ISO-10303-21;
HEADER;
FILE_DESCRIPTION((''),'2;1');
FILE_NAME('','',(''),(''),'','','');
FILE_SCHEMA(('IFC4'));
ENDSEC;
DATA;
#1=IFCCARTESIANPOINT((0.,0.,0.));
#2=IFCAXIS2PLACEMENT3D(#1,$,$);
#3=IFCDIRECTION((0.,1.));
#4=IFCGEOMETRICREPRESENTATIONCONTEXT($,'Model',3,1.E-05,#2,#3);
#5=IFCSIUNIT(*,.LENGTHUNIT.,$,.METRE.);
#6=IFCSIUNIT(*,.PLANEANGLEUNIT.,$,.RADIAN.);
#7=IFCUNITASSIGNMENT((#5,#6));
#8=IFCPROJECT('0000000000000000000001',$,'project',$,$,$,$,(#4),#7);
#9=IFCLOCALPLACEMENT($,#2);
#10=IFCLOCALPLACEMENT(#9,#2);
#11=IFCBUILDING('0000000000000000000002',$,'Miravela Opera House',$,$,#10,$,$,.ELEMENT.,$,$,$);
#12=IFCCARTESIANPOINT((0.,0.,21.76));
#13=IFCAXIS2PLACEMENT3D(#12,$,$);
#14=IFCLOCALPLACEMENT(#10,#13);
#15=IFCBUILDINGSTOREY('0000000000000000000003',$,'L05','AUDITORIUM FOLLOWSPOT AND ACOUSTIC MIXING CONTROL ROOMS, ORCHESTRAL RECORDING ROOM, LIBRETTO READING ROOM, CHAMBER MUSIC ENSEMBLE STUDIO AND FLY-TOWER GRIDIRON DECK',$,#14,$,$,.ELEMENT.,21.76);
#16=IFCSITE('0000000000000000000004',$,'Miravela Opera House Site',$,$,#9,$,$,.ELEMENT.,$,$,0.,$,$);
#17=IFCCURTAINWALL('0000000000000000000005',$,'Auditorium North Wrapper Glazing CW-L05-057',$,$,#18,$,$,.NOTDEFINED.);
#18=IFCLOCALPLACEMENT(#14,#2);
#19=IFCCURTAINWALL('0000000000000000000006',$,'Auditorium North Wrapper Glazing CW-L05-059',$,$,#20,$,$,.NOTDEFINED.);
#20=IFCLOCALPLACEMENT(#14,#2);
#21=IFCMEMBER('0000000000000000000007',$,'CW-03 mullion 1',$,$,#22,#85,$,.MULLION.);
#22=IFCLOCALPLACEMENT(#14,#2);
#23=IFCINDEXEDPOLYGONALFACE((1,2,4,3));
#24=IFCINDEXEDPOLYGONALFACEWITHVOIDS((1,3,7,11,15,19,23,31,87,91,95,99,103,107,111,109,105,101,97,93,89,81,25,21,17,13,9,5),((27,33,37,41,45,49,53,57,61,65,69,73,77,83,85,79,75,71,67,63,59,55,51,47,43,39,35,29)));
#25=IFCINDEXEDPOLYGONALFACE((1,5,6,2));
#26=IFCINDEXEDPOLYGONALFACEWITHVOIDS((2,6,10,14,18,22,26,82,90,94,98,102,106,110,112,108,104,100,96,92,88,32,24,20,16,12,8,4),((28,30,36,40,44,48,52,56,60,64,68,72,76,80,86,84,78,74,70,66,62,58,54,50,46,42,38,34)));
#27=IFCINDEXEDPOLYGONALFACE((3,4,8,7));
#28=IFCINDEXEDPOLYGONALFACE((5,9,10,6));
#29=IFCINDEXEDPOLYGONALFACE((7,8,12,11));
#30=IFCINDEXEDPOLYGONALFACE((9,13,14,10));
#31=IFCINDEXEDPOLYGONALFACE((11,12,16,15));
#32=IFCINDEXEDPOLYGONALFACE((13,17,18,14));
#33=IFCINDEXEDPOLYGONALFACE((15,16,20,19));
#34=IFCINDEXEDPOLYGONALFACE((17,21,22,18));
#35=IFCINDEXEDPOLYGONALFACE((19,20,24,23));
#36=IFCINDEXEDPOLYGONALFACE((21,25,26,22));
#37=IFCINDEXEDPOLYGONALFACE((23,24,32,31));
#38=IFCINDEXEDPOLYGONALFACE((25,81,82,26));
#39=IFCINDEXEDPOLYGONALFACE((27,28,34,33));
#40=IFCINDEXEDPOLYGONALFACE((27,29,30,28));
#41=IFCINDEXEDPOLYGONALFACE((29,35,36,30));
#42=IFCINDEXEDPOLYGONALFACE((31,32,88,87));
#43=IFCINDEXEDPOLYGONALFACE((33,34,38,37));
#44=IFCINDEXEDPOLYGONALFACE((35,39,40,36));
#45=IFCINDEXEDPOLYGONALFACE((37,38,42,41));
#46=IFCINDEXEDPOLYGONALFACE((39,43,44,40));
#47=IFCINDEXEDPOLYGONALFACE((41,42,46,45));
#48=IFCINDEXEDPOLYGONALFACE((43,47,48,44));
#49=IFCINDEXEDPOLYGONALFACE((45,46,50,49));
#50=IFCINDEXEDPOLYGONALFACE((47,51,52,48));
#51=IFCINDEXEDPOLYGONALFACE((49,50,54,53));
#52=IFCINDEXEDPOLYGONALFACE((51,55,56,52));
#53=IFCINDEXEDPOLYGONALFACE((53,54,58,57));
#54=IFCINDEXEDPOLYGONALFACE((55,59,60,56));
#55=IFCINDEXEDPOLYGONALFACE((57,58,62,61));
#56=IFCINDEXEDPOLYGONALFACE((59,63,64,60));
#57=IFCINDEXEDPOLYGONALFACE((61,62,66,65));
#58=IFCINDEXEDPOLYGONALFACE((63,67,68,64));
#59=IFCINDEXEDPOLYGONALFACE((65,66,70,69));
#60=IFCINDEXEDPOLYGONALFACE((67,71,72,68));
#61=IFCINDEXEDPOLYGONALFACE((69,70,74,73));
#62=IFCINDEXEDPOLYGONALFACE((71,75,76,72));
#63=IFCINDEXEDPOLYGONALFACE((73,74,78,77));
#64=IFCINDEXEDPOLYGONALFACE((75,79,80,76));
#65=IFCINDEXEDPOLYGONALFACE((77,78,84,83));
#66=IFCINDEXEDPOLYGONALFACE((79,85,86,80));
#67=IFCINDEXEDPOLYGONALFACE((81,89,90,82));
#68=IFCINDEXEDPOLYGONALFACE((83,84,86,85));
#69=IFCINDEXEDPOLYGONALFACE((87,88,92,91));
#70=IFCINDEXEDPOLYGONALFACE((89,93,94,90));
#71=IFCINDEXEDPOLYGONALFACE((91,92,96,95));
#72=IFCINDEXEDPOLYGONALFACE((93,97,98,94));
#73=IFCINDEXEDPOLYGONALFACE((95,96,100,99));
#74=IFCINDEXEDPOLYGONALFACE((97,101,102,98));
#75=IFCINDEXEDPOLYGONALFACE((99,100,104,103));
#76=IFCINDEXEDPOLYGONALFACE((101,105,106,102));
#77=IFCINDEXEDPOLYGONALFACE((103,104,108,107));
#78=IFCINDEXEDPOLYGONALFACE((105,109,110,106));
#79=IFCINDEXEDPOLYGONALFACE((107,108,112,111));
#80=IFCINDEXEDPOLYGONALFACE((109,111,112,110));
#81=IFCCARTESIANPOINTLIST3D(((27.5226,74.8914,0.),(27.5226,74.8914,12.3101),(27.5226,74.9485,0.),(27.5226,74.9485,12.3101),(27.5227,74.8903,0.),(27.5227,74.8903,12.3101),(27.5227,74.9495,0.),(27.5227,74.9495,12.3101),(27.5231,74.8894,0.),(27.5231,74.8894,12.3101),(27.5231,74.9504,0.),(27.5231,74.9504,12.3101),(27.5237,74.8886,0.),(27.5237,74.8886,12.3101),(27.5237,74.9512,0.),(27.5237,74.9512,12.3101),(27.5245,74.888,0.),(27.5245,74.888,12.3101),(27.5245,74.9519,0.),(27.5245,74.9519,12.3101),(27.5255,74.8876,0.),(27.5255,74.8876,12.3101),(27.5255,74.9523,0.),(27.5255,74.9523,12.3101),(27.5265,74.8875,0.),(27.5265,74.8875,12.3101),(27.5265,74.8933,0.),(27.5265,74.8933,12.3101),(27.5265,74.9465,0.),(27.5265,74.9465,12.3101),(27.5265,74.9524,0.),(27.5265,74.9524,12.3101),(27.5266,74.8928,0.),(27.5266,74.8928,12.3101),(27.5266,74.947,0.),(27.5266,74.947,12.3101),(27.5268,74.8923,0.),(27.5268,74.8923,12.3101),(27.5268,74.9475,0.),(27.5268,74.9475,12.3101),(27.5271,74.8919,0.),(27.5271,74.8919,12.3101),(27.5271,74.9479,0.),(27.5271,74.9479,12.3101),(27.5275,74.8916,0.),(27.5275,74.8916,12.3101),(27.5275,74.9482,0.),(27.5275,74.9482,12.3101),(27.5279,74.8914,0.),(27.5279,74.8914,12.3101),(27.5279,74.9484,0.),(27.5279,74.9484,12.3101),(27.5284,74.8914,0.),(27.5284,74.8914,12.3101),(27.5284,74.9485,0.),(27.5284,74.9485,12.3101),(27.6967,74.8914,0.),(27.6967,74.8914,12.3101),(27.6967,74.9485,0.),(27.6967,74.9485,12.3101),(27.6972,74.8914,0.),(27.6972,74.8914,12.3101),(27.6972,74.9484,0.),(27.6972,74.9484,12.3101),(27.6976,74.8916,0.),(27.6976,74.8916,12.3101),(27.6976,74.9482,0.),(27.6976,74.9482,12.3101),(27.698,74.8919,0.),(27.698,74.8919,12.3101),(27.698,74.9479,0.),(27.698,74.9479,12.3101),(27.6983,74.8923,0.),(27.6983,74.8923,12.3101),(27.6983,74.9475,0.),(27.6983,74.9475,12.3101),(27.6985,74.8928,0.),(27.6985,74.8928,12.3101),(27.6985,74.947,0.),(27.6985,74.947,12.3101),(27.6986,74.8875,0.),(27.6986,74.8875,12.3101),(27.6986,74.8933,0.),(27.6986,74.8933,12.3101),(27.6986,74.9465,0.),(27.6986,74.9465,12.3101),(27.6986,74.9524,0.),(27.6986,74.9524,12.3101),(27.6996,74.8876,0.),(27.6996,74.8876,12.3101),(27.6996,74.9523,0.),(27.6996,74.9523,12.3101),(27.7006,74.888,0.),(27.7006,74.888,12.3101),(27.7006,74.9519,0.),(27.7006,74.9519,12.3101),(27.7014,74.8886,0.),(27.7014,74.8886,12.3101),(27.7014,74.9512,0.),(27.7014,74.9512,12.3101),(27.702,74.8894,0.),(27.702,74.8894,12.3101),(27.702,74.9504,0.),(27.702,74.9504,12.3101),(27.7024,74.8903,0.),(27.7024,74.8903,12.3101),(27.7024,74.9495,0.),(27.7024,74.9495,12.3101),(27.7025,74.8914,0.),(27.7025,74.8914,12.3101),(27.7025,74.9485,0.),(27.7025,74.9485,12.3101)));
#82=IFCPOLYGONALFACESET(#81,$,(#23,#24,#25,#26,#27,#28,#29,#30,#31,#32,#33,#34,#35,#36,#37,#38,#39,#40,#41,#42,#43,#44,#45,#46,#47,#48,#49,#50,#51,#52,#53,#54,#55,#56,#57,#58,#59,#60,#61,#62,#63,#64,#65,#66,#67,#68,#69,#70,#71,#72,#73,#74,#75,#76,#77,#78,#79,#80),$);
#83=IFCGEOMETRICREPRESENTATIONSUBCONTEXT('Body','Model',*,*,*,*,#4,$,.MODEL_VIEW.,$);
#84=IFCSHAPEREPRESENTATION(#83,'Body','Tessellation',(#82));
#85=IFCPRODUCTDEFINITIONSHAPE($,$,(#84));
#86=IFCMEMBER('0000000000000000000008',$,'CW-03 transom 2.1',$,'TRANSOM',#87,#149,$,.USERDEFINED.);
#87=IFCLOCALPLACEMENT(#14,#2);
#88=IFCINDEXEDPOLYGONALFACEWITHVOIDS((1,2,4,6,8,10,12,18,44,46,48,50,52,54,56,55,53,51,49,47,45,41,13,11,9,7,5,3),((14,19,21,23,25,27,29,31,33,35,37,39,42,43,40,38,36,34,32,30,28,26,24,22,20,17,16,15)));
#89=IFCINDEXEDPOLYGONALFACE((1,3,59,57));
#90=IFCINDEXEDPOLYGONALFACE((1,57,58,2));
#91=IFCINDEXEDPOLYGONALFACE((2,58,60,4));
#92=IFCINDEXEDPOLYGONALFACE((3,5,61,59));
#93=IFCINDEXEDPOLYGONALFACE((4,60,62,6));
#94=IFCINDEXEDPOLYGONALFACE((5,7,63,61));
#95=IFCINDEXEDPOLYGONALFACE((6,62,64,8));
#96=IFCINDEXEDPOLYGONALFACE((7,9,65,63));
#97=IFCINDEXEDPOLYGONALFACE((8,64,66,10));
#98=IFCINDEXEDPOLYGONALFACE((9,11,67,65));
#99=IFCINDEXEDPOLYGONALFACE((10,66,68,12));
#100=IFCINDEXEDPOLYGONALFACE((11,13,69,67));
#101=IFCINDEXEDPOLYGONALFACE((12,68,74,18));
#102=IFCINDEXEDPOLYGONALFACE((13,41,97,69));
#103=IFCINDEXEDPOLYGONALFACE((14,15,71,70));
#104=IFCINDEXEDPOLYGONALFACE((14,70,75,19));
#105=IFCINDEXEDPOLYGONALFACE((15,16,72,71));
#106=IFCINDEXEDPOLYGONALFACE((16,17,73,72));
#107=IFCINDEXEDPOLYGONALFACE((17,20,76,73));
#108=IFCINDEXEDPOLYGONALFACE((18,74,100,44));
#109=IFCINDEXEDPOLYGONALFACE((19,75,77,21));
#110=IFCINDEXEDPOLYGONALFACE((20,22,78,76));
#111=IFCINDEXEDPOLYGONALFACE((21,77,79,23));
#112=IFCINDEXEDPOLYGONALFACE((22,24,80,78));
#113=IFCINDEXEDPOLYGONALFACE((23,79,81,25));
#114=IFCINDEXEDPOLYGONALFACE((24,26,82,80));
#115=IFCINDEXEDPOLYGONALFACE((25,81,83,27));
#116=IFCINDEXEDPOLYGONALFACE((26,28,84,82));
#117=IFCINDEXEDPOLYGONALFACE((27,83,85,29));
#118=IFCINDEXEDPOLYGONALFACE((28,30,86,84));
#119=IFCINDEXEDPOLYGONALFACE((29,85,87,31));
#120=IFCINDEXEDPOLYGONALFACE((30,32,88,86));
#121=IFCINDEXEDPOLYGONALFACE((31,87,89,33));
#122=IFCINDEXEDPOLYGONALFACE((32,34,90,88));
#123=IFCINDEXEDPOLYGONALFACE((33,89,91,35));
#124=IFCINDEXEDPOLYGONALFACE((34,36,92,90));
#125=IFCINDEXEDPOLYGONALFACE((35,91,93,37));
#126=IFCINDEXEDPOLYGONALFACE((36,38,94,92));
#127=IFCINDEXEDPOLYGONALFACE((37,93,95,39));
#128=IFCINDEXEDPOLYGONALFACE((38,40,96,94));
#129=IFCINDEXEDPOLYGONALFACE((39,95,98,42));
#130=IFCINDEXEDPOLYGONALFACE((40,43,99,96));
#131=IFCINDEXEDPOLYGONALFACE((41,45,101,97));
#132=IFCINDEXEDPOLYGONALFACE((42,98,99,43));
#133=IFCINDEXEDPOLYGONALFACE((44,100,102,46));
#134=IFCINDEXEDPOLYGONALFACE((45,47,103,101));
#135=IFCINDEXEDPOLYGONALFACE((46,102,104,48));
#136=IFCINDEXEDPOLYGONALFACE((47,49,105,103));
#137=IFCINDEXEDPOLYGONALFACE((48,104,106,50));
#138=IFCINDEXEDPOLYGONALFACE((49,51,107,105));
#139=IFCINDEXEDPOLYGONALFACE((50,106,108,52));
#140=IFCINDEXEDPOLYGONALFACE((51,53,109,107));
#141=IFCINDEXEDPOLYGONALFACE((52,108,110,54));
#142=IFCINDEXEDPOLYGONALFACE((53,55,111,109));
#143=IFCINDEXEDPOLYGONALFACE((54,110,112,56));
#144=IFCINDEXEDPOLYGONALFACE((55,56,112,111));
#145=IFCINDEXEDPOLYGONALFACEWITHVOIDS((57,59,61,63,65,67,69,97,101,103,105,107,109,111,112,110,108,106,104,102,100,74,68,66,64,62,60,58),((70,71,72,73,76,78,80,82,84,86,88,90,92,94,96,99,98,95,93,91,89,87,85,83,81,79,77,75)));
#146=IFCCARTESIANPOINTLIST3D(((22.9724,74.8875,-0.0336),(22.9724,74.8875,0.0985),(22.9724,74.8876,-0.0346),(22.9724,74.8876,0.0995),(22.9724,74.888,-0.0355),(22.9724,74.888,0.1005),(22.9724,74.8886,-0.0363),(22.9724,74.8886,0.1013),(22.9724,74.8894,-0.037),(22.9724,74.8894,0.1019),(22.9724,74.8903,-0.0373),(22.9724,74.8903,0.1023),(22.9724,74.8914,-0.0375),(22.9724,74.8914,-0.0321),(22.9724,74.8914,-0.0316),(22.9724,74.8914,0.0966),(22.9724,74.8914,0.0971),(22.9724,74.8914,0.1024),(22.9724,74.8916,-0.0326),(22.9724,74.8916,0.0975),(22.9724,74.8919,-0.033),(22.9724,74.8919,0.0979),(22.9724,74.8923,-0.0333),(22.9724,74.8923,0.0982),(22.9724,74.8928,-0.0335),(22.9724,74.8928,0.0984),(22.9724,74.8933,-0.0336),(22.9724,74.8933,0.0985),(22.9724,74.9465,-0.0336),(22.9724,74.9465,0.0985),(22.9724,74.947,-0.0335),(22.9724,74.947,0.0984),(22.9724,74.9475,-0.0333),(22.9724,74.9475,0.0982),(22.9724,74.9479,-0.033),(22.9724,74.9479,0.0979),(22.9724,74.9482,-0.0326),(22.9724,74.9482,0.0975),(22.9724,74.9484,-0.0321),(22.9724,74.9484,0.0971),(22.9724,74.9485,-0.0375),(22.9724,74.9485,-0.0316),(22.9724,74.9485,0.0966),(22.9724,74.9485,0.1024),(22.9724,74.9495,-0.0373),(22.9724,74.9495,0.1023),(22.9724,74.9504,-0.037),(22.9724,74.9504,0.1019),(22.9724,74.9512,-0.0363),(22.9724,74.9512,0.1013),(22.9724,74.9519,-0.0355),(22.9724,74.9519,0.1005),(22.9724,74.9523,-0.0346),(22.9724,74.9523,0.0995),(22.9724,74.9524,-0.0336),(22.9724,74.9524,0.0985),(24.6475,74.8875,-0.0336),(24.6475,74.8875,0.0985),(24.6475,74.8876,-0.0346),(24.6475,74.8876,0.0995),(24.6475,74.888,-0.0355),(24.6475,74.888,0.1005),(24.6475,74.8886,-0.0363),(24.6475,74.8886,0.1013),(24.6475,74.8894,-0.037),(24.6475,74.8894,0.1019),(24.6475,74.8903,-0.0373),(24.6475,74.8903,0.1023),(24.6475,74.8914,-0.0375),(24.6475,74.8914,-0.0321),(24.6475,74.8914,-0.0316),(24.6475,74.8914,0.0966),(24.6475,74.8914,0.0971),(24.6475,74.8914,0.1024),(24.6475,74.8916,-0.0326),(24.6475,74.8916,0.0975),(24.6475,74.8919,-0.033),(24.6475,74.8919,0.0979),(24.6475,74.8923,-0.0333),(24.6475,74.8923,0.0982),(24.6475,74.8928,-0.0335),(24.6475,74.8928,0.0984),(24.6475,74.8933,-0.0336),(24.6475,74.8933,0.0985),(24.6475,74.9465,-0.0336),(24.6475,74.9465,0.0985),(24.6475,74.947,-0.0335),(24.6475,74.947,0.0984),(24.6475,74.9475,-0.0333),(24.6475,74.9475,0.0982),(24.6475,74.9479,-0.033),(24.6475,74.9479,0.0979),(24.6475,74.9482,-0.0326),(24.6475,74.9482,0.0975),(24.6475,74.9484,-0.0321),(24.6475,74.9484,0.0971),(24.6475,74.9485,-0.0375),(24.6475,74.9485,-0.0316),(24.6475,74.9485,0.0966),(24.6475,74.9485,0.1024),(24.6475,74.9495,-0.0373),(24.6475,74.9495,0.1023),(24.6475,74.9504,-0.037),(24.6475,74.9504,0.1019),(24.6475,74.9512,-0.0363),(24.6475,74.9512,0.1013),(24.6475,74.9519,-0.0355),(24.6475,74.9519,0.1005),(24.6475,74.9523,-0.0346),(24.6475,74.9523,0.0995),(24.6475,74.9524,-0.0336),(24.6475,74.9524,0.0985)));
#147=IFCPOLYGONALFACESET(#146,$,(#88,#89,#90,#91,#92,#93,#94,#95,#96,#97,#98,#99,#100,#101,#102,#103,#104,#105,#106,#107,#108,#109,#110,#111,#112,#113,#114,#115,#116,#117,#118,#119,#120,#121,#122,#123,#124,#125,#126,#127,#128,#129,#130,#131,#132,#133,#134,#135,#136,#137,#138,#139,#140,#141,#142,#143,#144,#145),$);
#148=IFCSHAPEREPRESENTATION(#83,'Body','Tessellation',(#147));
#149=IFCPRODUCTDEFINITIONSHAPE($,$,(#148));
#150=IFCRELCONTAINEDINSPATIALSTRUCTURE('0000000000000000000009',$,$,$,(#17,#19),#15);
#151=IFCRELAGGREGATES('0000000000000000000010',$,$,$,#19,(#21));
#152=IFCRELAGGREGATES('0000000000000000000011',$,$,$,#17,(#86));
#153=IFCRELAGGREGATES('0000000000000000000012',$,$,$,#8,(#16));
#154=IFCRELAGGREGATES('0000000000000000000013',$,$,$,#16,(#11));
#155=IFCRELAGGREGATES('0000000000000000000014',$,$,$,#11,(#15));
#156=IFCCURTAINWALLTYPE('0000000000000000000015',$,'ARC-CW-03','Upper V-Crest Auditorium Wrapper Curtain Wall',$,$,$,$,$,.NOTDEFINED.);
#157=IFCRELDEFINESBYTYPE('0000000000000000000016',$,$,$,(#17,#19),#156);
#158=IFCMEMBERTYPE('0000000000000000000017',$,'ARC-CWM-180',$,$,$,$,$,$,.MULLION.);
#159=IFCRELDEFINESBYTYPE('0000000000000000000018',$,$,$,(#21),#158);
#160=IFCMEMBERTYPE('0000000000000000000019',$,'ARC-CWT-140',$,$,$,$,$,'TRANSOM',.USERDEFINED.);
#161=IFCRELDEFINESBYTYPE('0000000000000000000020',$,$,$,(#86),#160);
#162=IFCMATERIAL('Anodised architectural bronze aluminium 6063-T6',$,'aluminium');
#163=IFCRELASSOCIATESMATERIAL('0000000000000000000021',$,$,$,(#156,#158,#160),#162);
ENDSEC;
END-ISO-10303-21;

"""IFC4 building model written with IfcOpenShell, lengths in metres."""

from ifc_helpers import new_model, si_unit, direction, frame, origin, origin_2d, place, context, subcontext, project, spatial, hollow_rectangle, extrude, material, material_profile, profile_set, type_object, element, aggregate, save


model = new_model("IFC4")

# Units and contexts
model_context = context("Model", 3, precision=1e-05, world=origin(), true_north=direction((0.0, 1.0)))
body_context = subcontext(model_context, "Body", "Model", "MODEL_VIEW")
ifc_project = project(units=[si_unit("LENGTHUNIT", "METRE"), si_unit("PLANEANGLEUNIT", "RADIAN")], contexts=[model_context])

# Site, building, storey
site_placement = place(None, origin())
site = spatial("IfcSite", under=ifc_project, at=site_placement, Name="Miravela Opera House Site", CompositionType="ELEMENT", RefElevation=0.0)
building_placement = place(site_placement, origin())
building = spatial("IfcBuilding", under=site, at=building_placement, Name="Miravela Opera House", CompositionType="ELEMENT")
storey_placement = place(building_placement, frame((0.0, 0.0, 21.76)))
storey = spatial("IfcBuildingStorey", under=building, at=storey_placement, Name="L05", Description="AUDITORIUM FOLLOWSPOT AND ACOUSTIC MIXING CONTROL ROOMS, ORCHESTRAL RECORDING ROOM, LIBRETTO READING ROOM, CHAMBER MUSIC ENSEMBLE STUDIO AND FLY-TOWER GRIDIRON DECK", CompositionType="ELEMENT", Elevation=21.76)

# Curtain wall
ifc_material_1 = material(Name="Anodised architectural bronze aluminium 6063-T6", Category="aluminium")
curtain_wall_type = type_object("IfcCurtainWallType", Name="ARC-CW-03", Description="Upper V-Crest Auditorium Wrapper Curtain Wall", PredefinedType="NOTDEFINED", material=ifc_material_1)
curtain_wall_1_placement = place(storey_placement, origin())
curtain_wall_1 = element("IfcCurtainWall", 1, at=curtain_wall_1_placement, inside=storey, type_object=curtain_wall_type, Name="Auditorium North Wrapper Glazing CW-L05-057", PredefinedType="NOTDEFINED")
ifc_material_profile_1 = material_profile(ifc_material_1, hollow_rectangle(XDim=0.0649, YDim=0.1799, WallThickness=0.0039, InnerFilletRadius=0.002, OuterFilletRadius=0.0039, at=origin_2d()), Name="CWM-65X180")
ifc_profile_set_1 = profile_set([ifc_material_profile_1])
member_type_1 = type_object("IfcMemberType", Name="ARC-CWM-180", PredefinedType="MULLION", material=ifc_profile_set_1)

# Curtain wall, member
curtain_wall_2_placement = place(storey_placement, origin())
curtain_wall_2 = element("IfcCurtainWall", 2, at=curtain_wall_2_placement, inside=storey, type_object=curtain_wall_type, Name="Auditorium North Wrapper Glazing CW-L05-059", PredefinedType="NOTDEFINED")
member_1_placement = place(storey_placement, frame((27.6125, 74.9199, 0.0), z_axis=(0.0, 0.0, 1.0), x_axis=(0.0, 1.0, 0.0)))
member_1 = element("IfcMember", 3, at=member_1_placement, type_object=member_type_1, Name="CW-03 mullion 1", PredefinedType="MULLION", context=body_context, shape_type="SweptSolid", body=[
    extrude(hollow_rectangle(XDim=0.0649, YDim=0.1799, WallThickness=0.0039, InnerFilletRadius=0.002, OuterFilletRadius=0.0039, at=origin_2d()), origin(), (0.0, 0.0, 1.0), 12.3101),
])

# Member
ifc_material_profile_2 = material_profile(ifc_material_1, hollow_rectangle(XDim=0.0649, YDim=0.1399, WallThickness=0.0039, InnerFilletRadius=0.002, OuterFilletRadius=0.0039, at=origin_2d()), Name="CWT-65X140")
ifc_profile_set_2 = profile_set([ifc_material_profile_2])
member_type_2 = type_object("IfcMemberType", Name="ARC-CWT-140", ElementType="TRANSOM", PredefinedType="USERDEFINED", material=ifc_profile_set_2)
member_2_placement = place(storey_placement, frame((22.9724, 74.9199, 0.0325), z_axis=(1.0, 0.0, 0.0), x_axis=(0.0, 1.0, 0.0)))
member_2 = element("IfcMember", 4, at=member_2_placement, type_object=member_type_2, Name="CW-03 transom 2.1", ObjectType="TRANSOM", PredefinedType="USERDEFINED", context=body_context, shape_type="SweptSolid", body=[
    extrude(hollow_rectangle(XDim=0.0649, YDim=0.1399, WallThickness=0.0039, InnerFilletRadius=0.002, OuterFilletRadius=0.0039, at=origin_2d()), origin(), (0.0, 0.0, 1.0), 1.675),
])
aggregate(curtain_wall_2, [member_1])

aggregate(curtain_wall_1, [member_2])

save(model, "model.ifc")
